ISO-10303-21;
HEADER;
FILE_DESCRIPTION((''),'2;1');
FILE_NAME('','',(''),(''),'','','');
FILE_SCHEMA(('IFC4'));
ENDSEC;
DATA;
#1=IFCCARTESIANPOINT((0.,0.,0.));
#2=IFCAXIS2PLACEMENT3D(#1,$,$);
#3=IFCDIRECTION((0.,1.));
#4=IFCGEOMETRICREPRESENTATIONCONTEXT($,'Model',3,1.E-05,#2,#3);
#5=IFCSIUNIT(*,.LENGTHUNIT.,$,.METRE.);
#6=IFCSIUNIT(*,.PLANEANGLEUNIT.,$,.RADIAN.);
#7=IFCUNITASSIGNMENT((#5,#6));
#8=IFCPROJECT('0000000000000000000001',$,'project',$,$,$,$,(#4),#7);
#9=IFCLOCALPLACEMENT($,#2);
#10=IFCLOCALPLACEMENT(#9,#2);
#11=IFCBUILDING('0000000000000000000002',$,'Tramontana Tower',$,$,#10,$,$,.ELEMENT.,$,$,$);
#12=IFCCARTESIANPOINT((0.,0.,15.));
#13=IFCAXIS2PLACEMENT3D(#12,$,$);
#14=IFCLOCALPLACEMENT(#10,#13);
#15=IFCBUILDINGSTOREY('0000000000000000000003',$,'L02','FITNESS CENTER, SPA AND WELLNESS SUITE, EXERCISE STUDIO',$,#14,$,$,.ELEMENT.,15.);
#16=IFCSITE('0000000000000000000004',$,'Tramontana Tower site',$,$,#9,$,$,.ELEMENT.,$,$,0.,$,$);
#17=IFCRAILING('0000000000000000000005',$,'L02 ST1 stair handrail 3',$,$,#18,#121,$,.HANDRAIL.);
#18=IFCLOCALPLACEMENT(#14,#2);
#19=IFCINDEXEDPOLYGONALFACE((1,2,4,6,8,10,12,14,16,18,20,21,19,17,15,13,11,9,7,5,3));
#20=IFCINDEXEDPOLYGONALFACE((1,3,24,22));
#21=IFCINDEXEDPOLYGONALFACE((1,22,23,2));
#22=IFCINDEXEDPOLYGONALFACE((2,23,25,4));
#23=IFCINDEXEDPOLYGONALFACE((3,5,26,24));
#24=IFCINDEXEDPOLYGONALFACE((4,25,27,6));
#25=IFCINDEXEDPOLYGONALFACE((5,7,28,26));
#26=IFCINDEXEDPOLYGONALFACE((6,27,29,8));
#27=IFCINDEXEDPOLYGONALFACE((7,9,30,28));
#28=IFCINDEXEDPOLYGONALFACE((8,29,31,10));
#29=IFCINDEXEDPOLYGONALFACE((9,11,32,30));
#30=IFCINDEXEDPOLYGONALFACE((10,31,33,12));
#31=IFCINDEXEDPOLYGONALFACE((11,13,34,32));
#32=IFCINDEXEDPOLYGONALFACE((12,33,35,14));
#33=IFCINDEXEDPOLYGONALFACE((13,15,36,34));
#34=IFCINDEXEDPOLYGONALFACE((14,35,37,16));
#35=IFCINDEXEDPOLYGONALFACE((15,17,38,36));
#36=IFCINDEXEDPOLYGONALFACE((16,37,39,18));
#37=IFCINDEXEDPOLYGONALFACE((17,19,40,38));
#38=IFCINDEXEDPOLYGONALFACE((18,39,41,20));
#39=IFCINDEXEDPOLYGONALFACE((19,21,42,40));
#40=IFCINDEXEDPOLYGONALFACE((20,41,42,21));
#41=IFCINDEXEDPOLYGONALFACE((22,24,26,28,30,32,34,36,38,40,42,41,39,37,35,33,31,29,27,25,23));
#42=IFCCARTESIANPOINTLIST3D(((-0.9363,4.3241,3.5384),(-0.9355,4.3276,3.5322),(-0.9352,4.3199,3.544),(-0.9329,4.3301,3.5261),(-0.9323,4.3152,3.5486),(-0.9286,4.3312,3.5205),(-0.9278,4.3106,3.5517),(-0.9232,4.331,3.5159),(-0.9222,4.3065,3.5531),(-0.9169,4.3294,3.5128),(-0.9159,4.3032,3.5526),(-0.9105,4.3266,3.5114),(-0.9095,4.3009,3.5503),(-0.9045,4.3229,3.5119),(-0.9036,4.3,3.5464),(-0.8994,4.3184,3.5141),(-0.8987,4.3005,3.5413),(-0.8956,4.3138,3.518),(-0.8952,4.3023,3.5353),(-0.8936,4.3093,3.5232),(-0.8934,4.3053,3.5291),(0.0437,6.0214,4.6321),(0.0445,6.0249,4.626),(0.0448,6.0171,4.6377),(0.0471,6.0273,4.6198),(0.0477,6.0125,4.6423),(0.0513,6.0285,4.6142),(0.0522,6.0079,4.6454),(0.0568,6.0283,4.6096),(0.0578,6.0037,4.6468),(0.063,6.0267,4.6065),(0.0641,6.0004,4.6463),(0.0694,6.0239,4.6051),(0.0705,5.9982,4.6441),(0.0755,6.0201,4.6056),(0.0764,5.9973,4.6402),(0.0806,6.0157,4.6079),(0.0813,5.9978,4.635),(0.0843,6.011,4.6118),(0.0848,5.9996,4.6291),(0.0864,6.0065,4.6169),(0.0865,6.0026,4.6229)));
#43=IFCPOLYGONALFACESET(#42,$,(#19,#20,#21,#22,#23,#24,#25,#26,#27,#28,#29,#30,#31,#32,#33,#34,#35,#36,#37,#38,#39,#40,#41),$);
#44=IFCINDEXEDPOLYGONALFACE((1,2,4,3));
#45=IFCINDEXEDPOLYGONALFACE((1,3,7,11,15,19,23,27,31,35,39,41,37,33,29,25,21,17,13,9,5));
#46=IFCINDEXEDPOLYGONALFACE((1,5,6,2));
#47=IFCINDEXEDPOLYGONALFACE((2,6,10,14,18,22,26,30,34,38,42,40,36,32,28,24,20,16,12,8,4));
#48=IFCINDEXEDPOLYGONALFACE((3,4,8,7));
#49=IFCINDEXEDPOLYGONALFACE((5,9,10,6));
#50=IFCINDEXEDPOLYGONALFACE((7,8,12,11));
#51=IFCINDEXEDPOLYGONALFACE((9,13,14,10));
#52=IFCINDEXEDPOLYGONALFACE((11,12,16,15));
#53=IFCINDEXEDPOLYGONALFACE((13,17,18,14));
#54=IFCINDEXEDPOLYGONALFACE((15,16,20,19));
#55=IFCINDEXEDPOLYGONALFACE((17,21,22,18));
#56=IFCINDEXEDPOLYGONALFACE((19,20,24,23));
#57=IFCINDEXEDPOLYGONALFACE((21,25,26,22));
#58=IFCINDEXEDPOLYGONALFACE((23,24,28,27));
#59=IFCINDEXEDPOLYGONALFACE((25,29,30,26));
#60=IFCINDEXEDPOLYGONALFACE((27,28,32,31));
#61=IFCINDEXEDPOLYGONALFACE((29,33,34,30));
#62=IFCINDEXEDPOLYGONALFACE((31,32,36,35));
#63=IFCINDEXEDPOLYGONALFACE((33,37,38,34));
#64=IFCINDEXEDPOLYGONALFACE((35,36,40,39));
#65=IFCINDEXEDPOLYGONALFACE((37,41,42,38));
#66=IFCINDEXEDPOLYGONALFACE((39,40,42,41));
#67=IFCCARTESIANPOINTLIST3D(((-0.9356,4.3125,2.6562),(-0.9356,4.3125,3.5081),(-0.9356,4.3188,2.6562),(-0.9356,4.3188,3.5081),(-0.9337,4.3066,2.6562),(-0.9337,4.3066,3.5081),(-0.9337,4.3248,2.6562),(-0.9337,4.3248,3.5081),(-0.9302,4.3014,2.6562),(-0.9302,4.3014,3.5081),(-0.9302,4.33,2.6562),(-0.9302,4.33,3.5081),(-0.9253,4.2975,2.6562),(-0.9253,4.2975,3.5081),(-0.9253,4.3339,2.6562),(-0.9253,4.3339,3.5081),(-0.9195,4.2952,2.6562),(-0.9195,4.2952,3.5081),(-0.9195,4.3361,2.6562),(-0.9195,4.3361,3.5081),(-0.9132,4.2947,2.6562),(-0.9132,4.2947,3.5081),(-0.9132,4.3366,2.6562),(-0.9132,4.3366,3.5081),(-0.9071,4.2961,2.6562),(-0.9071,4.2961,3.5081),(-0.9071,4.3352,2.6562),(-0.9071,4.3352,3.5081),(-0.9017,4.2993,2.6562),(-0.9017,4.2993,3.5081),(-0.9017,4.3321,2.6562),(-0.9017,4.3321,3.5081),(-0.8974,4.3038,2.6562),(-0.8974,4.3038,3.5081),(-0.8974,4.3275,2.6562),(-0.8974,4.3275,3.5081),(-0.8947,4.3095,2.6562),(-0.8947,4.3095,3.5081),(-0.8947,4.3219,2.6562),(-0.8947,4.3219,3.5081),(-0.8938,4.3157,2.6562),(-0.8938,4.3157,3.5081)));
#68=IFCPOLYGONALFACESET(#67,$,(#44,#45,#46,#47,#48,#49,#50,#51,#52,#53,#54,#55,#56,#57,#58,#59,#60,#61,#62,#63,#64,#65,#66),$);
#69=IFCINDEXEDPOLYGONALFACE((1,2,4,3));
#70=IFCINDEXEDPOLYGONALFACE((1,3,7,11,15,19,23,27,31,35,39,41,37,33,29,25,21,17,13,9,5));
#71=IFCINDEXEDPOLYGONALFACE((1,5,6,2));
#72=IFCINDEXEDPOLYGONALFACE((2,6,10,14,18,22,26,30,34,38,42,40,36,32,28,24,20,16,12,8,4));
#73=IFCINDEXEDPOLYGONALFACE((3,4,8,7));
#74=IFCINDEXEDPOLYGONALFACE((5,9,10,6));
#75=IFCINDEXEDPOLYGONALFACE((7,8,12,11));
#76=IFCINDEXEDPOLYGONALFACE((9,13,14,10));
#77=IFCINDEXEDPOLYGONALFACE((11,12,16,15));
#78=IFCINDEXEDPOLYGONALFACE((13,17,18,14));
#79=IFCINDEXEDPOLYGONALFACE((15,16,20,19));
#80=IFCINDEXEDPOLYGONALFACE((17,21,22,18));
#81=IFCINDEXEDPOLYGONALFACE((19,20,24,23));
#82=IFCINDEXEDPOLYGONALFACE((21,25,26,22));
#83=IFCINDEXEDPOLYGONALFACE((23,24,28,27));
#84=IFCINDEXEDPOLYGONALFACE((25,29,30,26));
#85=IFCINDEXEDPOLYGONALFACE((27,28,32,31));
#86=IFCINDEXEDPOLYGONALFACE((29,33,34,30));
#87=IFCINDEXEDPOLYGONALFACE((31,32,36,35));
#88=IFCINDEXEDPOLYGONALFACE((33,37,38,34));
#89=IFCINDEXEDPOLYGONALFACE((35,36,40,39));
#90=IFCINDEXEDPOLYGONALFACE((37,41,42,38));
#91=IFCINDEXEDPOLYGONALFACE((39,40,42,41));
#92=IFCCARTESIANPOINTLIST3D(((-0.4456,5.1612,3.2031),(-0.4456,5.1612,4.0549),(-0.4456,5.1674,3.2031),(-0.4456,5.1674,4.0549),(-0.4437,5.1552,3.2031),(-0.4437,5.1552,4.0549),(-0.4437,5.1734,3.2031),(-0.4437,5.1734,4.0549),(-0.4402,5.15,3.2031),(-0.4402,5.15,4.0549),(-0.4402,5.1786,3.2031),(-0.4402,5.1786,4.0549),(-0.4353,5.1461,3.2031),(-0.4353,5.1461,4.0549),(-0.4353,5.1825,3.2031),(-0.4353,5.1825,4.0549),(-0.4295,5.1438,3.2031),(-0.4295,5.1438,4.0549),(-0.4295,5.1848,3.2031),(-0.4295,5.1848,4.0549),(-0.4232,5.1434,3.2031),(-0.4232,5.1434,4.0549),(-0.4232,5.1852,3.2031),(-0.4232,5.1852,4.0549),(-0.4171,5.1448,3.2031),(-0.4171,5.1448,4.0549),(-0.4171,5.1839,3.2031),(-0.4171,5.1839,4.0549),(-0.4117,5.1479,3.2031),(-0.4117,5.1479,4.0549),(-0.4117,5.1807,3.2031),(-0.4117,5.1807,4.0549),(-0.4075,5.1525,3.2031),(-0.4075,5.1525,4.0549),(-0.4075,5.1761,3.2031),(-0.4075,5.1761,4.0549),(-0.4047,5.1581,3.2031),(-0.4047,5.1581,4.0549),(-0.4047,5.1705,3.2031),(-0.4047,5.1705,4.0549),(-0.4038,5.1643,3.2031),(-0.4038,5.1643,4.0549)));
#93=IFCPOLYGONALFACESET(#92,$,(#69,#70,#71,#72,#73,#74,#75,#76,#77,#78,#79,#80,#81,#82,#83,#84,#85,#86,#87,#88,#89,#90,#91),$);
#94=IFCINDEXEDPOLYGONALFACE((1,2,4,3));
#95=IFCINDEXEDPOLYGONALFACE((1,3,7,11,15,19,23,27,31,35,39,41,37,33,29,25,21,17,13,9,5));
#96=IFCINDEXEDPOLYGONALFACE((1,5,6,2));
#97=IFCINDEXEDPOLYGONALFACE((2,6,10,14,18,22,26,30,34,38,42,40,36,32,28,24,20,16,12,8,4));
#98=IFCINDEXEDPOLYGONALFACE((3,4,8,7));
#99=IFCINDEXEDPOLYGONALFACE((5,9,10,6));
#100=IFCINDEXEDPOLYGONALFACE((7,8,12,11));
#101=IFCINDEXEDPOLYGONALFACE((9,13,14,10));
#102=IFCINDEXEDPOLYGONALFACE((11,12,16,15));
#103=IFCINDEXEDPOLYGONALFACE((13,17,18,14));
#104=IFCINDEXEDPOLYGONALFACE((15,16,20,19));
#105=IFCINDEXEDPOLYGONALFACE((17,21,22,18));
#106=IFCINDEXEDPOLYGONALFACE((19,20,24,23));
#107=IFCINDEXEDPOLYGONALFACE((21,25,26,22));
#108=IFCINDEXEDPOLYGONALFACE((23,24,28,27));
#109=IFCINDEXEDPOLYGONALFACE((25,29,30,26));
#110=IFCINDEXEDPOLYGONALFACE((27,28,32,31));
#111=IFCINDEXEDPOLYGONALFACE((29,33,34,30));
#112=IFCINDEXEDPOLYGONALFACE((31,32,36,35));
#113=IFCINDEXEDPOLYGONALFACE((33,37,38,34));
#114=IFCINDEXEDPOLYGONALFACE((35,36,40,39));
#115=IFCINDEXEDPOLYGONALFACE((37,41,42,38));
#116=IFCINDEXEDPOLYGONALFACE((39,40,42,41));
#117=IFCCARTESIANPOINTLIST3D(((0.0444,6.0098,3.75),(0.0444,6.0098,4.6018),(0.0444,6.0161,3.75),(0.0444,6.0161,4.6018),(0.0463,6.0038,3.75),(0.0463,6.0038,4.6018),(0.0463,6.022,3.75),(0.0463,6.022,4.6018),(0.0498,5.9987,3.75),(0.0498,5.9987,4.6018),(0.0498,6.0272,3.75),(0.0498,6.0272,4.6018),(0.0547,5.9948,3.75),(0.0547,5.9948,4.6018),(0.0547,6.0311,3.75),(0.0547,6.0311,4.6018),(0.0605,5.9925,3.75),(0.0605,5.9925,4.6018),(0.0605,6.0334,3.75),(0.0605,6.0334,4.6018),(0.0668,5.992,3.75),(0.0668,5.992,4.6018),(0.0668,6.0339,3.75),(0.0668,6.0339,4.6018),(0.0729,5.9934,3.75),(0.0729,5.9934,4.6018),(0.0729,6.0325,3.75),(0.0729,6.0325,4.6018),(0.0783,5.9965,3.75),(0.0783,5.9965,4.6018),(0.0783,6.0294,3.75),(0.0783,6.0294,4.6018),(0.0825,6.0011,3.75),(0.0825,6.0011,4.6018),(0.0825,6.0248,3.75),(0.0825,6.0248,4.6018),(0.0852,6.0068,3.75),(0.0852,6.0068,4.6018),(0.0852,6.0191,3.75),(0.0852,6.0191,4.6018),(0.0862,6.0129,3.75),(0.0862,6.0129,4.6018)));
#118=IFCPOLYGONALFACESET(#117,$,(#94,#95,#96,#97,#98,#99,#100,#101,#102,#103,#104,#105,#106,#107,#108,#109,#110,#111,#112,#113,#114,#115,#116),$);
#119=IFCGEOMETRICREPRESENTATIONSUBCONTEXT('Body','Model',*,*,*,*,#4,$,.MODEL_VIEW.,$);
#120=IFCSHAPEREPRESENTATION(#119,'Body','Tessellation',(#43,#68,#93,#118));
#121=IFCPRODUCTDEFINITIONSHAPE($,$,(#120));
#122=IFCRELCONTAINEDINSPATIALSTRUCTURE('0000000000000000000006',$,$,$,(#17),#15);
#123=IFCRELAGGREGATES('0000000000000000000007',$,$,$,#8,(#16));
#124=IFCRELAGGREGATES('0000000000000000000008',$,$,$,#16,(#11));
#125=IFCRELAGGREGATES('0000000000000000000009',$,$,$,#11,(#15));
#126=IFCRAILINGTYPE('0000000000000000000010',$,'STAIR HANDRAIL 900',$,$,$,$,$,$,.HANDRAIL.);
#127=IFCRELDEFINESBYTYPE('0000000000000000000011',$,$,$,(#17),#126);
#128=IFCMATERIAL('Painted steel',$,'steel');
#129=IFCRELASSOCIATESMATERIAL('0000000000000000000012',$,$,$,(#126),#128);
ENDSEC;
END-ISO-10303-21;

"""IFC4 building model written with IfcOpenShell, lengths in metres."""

from ifc_helpers import new_model, si_unit, direction, frame, origin, origin_2d, place, context, subcontext, project, spatial, circle, extrude, material, type_object, element, save


model = new_model("IFC4")

# Units and contexts
model_context = context("Model", 3, precision=1e-05, world=origin(), true_north=direction((0.0, 1.0)))
body_context = subcontext(model_context, "Body", "Model", "MODEL_VIEW")
ifc_project = project(units=[si_unit("LENGTHUNIT", "METRE"), si_unit("PLANEANGLEUNIT", "RADIAN")], contexts=[model_context])

# Site, building, storey
site_placement = place(None, origin())
site = spatial("IfcSite", under=ifc_project, at=site_placement, Name="Tramontana Tower site", CompositionType="ELEMENT", RefElevation=0.0)
building_placement = place(site_placement, origin())
building = spatial("IfcBuilding", under=site, at=building_placement, Name="Tramontana Tower", CompositionType="ELEMENT")
storey_placement = place(building_placement, frame((0.0, 0.0, 15.0)))
storey = spatial("IfcBuildingStorey", under=building, at=storey_placement, Name="L02", Description="FITNESS CENTER, SPA AND WELLNESS SUITE, EXERCISE STUDIO", CompositionType="ELEMENT", Elevation=15.0)

# Railing
ifc_material_1 = material(Name="Painted steel", Category="steel")
railing_type_1 = type_object("IfcRailingType", Name="STAIR HANDRAIL 900", PredefinedType="HANDRAIL", material=ifc_material_1)
railing_1_placement = place(storey_placement, frame((-0.9148, 4.3157, 2.6562)))
element("IfcRailing", 1, at=railing_1_placement, inside=storey, type_object=railing_type_1, Name="L02 ST1 stair handrail 3", PredefinedType="HANDRAIL", context=body_context, shape_type="SweptSolid", body=[
    extrude(circle(Radius=0.0239, at=origin_2d()), frame((0.0, 0.0, 0.876), z_axis=(0.436632, 0.75622, 0.487323), x_axis=(-0.866011, 0.500024, 0.0)), (0.0, 0.0, 1.0), 2.2444),
    extrude(circle(Radius=0.021, at=origin_2d()), origin(), (0.0, 0.0, 1.0), 0.8518),
    extrude(circle(Radius=0.021, at=origin_2d()), frame((0.49, 0.8486, 0.5469)), (0.0, 0.0, 1.0), 0.8518),
    extrude(circle(Radius=0.021, at=origin_2d()), frame((0.98, 1.6973, 1.0938)), (0.0, 0.0, 1.0), 0.8518),
])

save(model, "model.ifc")
